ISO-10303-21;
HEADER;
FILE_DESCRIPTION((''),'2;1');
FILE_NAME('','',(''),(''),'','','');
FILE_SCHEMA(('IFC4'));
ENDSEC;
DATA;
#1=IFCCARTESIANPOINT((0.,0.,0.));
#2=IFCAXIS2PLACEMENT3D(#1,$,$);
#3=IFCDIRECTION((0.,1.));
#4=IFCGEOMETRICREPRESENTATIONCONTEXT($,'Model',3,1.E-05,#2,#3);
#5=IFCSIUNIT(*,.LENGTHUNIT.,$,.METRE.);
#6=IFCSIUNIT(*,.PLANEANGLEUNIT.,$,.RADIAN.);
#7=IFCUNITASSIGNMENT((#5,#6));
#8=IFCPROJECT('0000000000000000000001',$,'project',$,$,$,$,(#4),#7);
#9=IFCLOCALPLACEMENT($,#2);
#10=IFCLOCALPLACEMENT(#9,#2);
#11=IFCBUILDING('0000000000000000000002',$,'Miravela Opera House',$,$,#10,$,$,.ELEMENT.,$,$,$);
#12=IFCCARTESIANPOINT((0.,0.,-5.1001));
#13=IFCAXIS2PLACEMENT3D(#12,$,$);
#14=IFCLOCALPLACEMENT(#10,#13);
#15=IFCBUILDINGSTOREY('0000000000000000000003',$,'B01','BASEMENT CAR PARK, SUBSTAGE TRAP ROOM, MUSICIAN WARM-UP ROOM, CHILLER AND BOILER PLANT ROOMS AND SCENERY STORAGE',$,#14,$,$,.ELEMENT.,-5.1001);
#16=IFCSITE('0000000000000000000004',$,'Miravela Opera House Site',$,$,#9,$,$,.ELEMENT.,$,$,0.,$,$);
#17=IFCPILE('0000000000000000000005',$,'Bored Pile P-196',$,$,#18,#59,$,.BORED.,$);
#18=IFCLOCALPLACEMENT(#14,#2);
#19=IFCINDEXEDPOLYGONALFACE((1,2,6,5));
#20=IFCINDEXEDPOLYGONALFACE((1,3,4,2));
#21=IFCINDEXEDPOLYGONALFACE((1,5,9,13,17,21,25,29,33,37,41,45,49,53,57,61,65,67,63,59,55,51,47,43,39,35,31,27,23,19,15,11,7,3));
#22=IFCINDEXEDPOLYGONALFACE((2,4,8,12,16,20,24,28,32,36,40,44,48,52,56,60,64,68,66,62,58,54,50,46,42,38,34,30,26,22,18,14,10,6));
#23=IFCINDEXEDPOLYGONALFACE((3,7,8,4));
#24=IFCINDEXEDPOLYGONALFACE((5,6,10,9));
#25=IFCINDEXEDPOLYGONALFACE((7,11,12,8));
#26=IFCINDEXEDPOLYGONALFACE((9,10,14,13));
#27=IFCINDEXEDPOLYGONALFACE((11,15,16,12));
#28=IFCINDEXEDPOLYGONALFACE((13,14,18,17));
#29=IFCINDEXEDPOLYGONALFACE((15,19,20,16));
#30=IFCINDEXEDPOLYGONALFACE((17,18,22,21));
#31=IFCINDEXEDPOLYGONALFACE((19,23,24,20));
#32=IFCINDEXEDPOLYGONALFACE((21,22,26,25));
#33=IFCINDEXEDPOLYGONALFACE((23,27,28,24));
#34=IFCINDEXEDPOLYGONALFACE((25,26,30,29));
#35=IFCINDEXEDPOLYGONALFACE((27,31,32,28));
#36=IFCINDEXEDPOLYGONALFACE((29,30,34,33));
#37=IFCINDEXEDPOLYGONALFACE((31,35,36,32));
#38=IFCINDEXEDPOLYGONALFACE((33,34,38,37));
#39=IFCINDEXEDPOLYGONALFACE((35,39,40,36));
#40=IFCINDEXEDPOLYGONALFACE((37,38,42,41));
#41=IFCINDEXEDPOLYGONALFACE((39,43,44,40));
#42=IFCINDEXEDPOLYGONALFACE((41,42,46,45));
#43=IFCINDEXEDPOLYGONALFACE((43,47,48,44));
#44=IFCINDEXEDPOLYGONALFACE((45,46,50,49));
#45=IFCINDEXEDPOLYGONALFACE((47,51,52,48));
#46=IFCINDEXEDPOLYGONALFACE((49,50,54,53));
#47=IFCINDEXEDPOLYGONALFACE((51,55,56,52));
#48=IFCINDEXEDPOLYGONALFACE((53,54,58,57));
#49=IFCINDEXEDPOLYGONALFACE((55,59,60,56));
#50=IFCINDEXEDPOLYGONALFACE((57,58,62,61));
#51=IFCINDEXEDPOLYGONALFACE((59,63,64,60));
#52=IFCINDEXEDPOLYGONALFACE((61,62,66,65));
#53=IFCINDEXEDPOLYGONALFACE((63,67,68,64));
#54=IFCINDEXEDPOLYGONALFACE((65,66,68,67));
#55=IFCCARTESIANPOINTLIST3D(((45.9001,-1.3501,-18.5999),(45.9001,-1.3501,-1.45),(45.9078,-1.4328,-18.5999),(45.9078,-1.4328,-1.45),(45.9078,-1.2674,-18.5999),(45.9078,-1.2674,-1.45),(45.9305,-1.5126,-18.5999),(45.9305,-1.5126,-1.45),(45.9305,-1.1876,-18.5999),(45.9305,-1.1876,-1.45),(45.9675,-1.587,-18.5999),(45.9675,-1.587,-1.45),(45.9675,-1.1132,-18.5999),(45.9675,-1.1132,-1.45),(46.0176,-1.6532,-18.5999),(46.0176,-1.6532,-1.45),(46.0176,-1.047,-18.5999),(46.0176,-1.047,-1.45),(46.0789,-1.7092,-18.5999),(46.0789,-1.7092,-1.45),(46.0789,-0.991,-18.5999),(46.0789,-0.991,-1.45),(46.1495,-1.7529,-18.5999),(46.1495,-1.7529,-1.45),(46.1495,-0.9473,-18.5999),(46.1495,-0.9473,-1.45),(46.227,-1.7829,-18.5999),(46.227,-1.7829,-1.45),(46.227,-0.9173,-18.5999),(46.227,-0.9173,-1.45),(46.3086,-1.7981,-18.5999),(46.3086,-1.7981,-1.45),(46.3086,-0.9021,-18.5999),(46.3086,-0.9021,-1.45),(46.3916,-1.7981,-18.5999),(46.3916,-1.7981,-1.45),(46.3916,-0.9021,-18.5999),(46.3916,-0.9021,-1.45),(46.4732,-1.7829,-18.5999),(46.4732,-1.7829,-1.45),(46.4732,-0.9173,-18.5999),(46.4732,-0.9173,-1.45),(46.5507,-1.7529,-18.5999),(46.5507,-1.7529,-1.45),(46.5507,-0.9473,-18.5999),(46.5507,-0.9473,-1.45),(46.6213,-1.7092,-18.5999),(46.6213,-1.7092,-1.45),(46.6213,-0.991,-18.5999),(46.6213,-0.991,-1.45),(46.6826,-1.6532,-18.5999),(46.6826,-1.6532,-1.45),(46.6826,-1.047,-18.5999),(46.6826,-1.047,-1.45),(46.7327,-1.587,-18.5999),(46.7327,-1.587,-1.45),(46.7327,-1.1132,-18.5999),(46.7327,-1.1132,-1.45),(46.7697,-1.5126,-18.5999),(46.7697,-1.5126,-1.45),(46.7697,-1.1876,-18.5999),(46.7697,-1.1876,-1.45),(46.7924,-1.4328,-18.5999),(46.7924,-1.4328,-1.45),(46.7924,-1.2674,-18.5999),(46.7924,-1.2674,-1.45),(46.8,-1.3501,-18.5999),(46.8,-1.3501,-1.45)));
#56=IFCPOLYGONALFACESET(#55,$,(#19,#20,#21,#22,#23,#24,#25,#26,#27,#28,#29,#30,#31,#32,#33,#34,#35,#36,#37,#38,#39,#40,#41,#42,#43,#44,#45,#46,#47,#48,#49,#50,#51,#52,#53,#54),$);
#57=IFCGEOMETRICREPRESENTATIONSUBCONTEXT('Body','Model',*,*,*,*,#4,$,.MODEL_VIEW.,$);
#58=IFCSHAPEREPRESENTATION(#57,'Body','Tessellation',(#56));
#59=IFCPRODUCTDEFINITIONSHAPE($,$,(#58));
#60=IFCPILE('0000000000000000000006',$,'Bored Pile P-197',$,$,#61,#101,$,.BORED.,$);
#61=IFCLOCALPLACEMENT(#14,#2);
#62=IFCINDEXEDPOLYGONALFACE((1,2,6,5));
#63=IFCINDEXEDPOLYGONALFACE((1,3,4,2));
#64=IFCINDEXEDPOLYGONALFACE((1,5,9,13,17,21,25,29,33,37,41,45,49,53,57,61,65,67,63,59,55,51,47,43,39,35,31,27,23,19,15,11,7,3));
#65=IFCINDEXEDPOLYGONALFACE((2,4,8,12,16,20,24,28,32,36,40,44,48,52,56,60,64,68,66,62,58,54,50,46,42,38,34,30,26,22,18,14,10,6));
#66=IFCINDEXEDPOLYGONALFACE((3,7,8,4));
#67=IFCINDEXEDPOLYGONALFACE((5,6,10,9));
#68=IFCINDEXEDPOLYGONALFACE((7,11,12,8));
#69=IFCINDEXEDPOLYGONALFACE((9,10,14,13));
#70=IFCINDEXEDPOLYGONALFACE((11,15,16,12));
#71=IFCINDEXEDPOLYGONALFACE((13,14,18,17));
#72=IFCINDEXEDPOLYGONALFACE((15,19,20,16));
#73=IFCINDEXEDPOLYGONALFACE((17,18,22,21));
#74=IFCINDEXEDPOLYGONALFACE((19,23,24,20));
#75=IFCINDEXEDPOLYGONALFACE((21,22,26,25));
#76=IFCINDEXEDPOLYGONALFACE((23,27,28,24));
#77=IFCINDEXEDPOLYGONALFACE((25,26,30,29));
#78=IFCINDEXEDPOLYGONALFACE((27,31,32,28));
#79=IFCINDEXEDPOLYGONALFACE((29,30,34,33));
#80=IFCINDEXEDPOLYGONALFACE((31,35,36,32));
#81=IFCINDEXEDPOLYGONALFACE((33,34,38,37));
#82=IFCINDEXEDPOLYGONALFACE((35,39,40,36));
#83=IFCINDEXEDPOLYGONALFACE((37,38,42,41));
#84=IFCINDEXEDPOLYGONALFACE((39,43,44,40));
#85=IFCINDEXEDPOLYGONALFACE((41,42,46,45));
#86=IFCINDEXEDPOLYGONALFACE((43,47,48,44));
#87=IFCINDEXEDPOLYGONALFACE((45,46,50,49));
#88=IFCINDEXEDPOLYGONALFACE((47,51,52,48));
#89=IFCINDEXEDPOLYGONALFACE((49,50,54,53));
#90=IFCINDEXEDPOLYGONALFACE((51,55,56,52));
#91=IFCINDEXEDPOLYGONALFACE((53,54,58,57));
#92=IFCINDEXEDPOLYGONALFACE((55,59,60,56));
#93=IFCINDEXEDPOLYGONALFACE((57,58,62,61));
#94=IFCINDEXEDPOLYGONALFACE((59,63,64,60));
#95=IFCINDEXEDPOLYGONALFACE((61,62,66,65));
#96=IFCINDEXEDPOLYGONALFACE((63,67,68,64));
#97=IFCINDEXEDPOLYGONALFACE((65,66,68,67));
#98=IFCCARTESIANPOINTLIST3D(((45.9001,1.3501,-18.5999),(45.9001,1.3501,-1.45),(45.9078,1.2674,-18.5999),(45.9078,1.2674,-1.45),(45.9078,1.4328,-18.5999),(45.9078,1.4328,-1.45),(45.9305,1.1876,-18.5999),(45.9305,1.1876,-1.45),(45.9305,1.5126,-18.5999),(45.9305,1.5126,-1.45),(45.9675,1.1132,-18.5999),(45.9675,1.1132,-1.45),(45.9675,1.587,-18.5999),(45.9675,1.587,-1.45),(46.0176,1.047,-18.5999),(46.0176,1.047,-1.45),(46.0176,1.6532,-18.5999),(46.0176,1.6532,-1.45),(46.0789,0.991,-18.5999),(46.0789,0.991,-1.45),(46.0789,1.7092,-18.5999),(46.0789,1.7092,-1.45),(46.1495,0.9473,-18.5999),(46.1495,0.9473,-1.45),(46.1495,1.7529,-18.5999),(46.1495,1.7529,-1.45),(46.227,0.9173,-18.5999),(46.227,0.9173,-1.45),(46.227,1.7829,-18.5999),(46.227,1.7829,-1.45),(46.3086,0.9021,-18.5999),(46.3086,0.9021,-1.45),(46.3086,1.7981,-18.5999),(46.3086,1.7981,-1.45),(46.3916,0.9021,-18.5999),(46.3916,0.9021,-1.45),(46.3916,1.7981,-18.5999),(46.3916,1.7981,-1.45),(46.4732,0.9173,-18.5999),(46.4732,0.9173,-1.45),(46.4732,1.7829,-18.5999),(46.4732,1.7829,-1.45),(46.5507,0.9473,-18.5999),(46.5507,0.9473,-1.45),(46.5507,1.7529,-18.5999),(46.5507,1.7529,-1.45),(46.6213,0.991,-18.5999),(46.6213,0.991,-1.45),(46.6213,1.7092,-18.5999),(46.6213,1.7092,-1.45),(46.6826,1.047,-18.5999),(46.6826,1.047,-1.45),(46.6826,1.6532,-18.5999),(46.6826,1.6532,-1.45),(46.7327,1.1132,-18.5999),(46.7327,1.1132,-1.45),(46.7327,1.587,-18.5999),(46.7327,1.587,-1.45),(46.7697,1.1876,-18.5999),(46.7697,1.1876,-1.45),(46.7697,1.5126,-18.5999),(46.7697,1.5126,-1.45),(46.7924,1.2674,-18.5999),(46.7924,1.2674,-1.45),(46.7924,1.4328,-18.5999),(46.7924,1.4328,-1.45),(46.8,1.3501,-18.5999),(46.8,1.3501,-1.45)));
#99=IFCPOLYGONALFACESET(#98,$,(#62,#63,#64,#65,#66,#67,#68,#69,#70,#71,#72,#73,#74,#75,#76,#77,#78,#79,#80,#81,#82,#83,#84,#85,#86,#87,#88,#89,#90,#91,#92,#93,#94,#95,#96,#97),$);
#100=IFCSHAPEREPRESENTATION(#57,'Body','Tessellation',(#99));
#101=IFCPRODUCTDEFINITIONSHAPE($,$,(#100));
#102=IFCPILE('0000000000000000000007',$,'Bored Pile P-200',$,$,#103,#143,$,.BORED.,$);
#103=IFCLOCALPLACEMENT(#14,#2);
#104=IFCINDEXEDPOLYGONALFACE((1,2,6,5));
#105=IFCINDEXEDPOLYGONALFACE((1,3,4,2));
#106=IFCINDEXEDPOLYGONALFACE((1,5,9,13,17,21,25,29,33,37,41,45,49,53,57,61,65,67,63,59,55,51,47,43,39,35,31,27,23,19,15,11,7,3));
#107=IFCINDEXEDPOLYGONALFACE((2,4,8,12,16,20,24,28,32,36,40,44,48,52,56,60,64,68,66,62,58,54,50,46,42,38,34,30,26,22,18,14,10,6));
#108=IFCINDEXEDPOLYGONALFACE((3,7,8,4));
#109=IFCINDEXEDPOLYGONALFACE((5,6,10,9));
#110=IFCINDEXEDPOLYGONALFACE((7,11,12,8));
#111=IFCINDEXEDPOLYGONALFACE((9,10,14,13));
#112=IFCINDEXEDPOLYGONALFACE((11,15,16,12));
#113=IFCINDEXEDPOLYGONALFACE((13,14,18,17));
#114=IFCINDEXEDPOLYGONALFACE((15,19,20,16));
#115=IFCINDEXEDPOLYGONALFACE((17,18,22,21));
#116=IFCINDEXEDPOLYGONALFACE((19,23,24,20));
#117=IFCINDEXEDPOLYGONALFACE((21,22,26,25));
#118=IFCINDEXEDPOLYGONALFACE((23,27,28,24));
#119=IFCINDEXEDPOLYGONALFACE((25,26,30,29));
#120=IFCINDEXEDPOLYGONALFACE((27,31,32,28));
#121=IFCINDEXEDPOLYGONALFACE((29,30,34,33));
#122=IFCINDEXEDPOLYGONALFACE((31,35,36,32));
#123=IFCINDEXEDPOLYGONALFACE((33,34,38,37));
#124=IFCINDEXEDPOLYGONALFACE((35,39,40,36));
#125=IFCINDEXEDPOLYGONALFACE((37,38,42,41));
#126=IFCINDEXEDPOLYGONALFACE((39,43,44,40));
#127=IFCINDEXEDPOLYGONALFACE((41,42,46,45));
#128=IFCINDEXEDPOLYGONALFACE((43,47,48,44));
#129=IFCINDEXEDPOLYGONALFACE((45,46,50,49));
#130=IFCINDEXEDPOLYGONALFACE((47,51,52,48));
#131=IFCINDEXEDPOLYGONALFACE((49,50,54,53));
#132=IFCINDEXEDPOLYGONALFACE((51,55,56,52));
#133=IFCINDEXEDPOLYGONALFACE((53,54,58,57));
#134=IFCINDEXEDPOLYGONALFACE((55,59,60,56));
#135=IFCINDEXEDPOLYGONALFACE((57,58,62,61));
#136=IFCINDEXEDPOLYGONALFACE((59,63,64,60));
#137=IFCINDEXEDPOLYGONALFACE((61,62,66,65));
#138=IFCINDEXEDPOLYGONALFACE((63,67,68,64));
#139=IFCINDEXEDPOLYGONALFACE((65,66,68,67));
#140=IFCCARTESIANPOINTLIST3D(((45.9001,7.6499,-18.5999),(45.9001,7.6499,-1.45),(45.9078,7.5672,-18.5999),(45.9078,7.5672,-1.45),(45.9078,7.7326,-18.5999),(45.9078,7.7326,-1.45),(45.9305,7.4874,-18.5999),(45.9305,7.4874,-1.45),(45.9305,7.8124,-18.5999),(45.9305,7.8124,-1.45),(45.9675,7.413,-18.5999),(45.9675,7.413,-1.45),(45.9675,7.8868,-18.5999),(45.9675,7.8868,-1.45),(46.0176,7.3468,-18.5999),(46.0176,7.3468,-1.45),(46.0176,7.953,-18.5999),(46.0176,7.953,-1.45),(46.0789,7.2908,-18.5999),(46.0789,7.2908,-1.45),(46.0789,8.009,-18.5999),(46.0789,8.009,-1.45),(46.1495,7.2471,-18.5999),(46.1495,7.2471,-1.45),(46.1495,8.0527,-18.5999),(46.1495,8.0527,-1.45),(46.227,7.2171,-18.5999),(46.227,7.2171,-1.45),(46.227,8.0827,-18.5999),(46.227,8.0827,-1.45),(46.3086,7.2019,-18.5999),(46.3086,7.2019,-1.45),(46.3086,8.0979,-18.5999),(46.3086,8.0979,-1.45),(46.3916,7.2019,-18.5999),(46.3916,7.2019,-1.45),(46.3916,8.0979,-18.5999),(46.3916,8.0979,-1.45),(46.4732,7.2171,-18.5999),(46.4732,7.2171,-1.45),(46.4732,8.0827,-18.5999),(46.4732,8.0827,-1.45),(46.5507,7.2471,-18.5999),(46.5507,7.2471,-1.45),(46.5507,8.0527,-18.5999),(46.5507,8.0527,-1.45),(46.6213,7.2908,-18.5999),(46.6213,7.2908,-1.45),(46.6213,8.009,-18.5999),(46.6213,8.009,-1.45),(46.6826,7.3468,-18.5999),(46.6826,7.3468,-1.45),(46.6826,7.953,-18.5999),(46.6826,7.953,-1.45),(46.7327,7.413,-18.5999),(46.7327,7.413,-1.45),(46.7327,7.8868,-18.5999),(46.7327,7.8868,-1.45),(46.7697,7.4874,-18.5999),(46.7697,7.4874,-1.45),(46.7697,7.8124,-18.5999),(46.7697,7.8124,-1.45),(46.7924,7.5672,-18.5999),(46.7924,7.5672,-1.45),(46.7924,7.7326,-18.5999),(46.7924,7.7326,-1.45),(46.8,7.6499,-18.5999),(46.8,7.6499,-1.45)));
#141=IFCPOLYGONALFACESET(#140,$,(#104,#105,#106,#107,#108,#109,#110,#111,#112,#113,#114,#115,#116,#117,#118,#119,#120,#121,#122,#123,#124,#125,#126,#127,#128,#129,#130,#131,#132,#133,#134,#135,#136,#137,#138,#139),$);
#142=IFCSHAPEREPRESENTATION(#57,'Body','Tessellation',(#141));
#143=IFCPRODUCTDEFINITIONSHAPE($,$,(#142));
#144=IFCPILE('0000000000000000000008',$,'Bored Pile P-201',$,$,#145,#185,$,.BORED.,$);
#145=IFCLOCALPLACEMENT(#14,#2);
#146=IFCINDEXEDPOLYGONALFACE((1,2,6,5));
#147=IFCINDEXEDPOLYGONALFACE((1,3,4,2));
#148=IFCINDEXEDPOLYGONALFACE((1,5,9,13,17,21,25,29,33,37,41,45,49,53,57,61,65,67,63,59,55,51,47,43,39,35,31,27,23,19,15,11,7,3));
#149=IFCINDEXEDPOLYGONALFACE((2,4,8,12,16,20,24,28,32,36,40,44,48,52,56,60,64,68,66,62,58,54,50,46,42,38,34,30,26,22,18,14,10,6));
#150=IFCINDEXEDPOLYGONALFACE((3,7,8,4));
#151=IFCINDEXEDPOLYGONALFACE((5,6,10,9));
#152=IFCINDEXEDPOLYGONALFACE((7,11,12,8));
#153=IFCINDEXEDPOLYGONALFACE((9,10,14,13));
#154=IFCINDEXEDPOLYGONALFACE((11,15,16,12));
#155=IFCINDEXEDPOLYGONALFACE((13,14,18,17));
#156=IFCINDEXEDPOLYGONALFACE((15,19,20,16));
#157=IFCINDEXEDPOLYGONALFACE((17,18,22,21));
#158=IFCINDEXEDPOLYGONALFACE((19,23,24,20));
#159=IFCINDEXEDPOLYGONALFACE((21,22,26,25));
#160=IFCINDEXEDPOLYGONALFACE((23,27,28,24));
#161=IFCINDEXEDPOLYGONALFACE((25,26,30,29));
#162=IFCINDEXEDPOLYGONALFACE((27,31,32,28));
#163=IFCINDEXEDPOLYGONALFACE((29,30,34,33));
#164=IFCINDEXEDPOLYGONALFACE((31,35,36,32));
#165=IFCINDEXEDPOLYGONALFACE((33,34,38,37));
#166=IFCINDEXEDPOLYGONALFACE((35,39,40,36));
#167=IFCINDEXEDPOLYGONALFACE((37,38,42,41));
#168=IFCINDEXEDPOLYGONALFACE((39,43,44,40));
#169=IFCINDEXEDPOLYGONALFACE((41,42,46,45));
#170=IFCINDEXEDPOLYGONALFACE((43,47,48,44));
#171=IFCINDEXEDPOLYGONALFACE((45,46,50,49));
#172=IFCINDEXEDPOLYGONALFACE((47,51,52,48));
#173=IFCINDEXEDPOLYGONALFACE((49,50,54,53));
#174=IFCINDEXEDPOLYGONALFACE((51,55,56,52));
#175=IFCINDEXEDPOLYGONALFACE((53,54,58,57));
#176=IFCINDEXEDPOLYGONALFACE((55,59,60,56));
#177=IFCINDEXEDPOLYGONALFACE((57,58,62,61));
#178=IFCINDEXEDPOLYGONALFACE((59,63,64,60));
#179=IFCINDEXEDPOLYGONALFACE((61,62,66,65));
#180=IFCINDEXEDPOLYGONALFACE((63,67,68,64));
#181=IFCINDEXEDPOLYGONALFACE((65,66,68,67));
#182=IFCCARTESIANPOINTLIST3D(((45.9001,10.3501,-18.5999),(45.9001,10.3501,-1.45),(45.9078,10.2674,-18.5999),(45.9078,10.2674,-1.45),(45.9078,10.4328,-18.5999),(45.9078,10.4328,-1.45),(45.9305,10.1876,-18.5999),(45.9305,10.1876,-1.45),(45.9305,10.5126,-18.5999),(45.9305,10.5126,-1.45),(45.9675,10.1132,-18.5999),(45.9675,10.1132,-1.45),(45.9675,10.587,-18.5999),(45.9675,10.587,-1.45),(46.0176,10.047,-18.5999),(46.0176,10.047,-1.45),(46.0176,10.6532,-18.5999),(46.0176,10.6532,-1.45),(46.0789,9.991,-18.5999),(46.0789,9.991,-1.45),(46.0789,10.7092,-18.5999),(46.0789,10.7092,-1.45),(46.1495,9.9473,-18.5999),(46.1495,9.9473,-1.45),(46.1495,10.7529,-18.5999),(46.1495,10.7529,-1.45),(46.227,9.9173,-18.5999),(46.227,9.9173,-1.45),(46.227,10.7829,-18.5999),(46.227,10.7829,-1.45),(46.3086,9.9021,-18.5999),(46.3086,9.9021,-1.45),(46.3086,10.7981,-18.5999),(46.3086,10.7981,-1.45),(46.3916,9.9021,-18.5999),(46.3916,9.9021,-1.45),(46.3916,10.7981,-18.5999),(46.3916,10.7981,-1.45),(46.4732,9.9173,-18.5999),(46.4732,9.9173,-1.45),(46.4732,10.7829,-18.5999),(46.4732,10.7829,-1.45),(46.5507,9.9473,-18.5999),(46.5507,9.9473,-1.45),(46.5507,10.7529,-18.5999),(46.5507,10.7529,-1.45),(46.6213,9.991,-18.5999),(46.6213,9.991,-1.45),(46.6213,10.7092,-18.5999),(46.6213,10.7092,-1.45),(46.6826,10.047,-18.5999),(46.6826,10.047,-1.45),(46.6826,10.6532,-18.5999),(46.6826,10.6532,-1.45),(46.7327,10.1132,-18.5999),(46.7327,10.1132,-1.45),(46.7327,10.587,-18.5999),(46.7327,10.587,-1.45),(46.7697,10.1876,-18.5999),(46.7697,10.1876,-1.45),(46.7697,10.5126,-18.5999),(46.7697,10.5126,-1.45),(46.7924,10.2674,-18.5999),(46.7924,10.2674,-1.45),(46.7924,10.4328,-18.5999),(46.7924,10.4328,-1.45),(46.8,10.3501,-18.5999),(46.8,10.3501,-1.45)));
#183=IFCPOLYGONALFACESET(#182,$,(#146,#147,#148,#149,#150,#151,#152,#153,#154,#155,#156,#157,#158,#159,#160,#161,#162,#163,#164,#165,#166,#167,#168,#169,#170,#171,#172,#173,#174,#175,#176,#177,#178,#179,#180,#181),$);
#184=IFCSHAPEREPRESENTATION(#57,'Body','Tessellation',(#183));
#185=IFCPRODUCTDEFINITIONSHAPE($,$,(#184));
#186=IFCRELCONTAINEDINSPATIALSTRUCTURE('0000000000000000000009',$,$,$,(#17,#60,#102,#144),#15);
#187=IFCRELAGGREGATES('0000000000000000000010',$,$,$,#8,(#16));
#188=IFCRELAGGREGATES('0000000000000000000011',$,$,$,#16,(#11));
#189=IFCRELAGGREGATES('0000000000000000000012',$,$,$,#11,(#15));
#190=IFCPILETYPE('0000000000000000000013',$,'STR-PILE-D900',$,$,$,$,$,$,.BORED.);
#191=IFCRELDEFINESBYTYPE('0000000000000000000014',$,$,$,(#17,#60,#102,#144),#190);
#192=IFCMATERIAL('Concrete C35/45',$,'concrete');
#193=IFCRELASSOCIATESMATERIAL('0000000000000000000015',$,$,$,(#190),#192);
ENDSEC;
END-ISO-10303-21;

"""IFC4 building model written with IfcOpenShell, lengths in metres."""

from ifc_helpers import new_model, si_unit, direction, frame, origin, origin_2d, place, context, subcontext, project, spatial, circle, extrude, material, material_profile, profile_set, type_object, element, save


model = new_model("IFC4")

# Units and contexts
model_context = context("Model", 3, precision=1e-05, world=origin(), true_north=direction((0.0, 1.0)))
body_context = subcontext(model_context, "Body", "Model", "MODEL_VIEW")
ifc_project = project(units=[si_unit("LENGTHUNIT", "METRE"), si_unit("PLANEANGLEUNIT", "RADIAN")], contexts=[model_context])

# Site, building, storey
site_placement = place(None, origin())
site = spatial("IfcSite", under=ifc_project, at=site_placement, Name="Miravela Opera House Site", CompositionType="ELEMENT", RefElevation=0.0)
building_placement = place(site_placement, origin())
building = spatial("IfcBuilding", under=site, at=building_placement, Name="Miravela Opera House", CompositionType="ELEMENT")
storey_placement = place(building_placement, frame((0.0, 0.0, -5.1001)))
storey = spatial("IfcBuildingStorey", under=building, at=storey_placement, Name="B01", Description="BASEMENT CAR PARK, SUBSTAGE TRAP ROOM, MUSICIAN WARM-UP ROOM, CHILLER AND BOILER PLANT ROOMS AND SCENERY STORAGE", CompositionType="ELEMENT", Elevation=-5.1001)

# Shared definitions
ifc_material_1 = material(Name="Concrete C35/45", Category="concrete")

# Piles
ifc_material_profile_1 = material_profile(ifc_material_1, circle(Radius=0.45, at=origin_2d()), Name="PILE-D900")
ifc_profile_set_1 = profile_set([ifc_material_profile_1])
pile_type_1 = type_object("IfcPileType", Name="STR-PILE-D900", PredefinedType="BORED", material=ifc_profile_set_1)
for number, where, z_axis, x_axis, name in (
    (1, (46.3501, -1.3501, -1.45), (0.0, 0.0, -1.0), (1.0, 0.0, 0.0), "Bored Pile P-196"),
    (2, (46.3501, 1.3501, -1.45), (0.0, 0.0, -1.0), (1.0, 0.0, 0.0), "Bored Pile P-197"),
    (3, (46.3501, 7.6499, -1.45), (0.0, 0.0, -1.0), (1.0, 0.0, 0.0), "Bored Pile P-200"),
    (4, (46.3501, 10.3501, -1.45), (0.0, 0.0, -1.0), (1.0, 0.0, 0.0), "Bored Pile P-201"),
):
    element("IfcPile", number, at=place(storey_placement, frame(where, z_axis=z_axis, x_axis=x_axis)), inside=storey, type_object=pile_type_1, Name=name, PredefinedType="BORED", context=body_context, shape_type="SweptSolid", body=[
        extrude(circle(Radius=0.45, at=origin_2d()), origin(), (0.0, 0.0, 1.0), 17.1499),
    ])

save(model, "model.ifc")
